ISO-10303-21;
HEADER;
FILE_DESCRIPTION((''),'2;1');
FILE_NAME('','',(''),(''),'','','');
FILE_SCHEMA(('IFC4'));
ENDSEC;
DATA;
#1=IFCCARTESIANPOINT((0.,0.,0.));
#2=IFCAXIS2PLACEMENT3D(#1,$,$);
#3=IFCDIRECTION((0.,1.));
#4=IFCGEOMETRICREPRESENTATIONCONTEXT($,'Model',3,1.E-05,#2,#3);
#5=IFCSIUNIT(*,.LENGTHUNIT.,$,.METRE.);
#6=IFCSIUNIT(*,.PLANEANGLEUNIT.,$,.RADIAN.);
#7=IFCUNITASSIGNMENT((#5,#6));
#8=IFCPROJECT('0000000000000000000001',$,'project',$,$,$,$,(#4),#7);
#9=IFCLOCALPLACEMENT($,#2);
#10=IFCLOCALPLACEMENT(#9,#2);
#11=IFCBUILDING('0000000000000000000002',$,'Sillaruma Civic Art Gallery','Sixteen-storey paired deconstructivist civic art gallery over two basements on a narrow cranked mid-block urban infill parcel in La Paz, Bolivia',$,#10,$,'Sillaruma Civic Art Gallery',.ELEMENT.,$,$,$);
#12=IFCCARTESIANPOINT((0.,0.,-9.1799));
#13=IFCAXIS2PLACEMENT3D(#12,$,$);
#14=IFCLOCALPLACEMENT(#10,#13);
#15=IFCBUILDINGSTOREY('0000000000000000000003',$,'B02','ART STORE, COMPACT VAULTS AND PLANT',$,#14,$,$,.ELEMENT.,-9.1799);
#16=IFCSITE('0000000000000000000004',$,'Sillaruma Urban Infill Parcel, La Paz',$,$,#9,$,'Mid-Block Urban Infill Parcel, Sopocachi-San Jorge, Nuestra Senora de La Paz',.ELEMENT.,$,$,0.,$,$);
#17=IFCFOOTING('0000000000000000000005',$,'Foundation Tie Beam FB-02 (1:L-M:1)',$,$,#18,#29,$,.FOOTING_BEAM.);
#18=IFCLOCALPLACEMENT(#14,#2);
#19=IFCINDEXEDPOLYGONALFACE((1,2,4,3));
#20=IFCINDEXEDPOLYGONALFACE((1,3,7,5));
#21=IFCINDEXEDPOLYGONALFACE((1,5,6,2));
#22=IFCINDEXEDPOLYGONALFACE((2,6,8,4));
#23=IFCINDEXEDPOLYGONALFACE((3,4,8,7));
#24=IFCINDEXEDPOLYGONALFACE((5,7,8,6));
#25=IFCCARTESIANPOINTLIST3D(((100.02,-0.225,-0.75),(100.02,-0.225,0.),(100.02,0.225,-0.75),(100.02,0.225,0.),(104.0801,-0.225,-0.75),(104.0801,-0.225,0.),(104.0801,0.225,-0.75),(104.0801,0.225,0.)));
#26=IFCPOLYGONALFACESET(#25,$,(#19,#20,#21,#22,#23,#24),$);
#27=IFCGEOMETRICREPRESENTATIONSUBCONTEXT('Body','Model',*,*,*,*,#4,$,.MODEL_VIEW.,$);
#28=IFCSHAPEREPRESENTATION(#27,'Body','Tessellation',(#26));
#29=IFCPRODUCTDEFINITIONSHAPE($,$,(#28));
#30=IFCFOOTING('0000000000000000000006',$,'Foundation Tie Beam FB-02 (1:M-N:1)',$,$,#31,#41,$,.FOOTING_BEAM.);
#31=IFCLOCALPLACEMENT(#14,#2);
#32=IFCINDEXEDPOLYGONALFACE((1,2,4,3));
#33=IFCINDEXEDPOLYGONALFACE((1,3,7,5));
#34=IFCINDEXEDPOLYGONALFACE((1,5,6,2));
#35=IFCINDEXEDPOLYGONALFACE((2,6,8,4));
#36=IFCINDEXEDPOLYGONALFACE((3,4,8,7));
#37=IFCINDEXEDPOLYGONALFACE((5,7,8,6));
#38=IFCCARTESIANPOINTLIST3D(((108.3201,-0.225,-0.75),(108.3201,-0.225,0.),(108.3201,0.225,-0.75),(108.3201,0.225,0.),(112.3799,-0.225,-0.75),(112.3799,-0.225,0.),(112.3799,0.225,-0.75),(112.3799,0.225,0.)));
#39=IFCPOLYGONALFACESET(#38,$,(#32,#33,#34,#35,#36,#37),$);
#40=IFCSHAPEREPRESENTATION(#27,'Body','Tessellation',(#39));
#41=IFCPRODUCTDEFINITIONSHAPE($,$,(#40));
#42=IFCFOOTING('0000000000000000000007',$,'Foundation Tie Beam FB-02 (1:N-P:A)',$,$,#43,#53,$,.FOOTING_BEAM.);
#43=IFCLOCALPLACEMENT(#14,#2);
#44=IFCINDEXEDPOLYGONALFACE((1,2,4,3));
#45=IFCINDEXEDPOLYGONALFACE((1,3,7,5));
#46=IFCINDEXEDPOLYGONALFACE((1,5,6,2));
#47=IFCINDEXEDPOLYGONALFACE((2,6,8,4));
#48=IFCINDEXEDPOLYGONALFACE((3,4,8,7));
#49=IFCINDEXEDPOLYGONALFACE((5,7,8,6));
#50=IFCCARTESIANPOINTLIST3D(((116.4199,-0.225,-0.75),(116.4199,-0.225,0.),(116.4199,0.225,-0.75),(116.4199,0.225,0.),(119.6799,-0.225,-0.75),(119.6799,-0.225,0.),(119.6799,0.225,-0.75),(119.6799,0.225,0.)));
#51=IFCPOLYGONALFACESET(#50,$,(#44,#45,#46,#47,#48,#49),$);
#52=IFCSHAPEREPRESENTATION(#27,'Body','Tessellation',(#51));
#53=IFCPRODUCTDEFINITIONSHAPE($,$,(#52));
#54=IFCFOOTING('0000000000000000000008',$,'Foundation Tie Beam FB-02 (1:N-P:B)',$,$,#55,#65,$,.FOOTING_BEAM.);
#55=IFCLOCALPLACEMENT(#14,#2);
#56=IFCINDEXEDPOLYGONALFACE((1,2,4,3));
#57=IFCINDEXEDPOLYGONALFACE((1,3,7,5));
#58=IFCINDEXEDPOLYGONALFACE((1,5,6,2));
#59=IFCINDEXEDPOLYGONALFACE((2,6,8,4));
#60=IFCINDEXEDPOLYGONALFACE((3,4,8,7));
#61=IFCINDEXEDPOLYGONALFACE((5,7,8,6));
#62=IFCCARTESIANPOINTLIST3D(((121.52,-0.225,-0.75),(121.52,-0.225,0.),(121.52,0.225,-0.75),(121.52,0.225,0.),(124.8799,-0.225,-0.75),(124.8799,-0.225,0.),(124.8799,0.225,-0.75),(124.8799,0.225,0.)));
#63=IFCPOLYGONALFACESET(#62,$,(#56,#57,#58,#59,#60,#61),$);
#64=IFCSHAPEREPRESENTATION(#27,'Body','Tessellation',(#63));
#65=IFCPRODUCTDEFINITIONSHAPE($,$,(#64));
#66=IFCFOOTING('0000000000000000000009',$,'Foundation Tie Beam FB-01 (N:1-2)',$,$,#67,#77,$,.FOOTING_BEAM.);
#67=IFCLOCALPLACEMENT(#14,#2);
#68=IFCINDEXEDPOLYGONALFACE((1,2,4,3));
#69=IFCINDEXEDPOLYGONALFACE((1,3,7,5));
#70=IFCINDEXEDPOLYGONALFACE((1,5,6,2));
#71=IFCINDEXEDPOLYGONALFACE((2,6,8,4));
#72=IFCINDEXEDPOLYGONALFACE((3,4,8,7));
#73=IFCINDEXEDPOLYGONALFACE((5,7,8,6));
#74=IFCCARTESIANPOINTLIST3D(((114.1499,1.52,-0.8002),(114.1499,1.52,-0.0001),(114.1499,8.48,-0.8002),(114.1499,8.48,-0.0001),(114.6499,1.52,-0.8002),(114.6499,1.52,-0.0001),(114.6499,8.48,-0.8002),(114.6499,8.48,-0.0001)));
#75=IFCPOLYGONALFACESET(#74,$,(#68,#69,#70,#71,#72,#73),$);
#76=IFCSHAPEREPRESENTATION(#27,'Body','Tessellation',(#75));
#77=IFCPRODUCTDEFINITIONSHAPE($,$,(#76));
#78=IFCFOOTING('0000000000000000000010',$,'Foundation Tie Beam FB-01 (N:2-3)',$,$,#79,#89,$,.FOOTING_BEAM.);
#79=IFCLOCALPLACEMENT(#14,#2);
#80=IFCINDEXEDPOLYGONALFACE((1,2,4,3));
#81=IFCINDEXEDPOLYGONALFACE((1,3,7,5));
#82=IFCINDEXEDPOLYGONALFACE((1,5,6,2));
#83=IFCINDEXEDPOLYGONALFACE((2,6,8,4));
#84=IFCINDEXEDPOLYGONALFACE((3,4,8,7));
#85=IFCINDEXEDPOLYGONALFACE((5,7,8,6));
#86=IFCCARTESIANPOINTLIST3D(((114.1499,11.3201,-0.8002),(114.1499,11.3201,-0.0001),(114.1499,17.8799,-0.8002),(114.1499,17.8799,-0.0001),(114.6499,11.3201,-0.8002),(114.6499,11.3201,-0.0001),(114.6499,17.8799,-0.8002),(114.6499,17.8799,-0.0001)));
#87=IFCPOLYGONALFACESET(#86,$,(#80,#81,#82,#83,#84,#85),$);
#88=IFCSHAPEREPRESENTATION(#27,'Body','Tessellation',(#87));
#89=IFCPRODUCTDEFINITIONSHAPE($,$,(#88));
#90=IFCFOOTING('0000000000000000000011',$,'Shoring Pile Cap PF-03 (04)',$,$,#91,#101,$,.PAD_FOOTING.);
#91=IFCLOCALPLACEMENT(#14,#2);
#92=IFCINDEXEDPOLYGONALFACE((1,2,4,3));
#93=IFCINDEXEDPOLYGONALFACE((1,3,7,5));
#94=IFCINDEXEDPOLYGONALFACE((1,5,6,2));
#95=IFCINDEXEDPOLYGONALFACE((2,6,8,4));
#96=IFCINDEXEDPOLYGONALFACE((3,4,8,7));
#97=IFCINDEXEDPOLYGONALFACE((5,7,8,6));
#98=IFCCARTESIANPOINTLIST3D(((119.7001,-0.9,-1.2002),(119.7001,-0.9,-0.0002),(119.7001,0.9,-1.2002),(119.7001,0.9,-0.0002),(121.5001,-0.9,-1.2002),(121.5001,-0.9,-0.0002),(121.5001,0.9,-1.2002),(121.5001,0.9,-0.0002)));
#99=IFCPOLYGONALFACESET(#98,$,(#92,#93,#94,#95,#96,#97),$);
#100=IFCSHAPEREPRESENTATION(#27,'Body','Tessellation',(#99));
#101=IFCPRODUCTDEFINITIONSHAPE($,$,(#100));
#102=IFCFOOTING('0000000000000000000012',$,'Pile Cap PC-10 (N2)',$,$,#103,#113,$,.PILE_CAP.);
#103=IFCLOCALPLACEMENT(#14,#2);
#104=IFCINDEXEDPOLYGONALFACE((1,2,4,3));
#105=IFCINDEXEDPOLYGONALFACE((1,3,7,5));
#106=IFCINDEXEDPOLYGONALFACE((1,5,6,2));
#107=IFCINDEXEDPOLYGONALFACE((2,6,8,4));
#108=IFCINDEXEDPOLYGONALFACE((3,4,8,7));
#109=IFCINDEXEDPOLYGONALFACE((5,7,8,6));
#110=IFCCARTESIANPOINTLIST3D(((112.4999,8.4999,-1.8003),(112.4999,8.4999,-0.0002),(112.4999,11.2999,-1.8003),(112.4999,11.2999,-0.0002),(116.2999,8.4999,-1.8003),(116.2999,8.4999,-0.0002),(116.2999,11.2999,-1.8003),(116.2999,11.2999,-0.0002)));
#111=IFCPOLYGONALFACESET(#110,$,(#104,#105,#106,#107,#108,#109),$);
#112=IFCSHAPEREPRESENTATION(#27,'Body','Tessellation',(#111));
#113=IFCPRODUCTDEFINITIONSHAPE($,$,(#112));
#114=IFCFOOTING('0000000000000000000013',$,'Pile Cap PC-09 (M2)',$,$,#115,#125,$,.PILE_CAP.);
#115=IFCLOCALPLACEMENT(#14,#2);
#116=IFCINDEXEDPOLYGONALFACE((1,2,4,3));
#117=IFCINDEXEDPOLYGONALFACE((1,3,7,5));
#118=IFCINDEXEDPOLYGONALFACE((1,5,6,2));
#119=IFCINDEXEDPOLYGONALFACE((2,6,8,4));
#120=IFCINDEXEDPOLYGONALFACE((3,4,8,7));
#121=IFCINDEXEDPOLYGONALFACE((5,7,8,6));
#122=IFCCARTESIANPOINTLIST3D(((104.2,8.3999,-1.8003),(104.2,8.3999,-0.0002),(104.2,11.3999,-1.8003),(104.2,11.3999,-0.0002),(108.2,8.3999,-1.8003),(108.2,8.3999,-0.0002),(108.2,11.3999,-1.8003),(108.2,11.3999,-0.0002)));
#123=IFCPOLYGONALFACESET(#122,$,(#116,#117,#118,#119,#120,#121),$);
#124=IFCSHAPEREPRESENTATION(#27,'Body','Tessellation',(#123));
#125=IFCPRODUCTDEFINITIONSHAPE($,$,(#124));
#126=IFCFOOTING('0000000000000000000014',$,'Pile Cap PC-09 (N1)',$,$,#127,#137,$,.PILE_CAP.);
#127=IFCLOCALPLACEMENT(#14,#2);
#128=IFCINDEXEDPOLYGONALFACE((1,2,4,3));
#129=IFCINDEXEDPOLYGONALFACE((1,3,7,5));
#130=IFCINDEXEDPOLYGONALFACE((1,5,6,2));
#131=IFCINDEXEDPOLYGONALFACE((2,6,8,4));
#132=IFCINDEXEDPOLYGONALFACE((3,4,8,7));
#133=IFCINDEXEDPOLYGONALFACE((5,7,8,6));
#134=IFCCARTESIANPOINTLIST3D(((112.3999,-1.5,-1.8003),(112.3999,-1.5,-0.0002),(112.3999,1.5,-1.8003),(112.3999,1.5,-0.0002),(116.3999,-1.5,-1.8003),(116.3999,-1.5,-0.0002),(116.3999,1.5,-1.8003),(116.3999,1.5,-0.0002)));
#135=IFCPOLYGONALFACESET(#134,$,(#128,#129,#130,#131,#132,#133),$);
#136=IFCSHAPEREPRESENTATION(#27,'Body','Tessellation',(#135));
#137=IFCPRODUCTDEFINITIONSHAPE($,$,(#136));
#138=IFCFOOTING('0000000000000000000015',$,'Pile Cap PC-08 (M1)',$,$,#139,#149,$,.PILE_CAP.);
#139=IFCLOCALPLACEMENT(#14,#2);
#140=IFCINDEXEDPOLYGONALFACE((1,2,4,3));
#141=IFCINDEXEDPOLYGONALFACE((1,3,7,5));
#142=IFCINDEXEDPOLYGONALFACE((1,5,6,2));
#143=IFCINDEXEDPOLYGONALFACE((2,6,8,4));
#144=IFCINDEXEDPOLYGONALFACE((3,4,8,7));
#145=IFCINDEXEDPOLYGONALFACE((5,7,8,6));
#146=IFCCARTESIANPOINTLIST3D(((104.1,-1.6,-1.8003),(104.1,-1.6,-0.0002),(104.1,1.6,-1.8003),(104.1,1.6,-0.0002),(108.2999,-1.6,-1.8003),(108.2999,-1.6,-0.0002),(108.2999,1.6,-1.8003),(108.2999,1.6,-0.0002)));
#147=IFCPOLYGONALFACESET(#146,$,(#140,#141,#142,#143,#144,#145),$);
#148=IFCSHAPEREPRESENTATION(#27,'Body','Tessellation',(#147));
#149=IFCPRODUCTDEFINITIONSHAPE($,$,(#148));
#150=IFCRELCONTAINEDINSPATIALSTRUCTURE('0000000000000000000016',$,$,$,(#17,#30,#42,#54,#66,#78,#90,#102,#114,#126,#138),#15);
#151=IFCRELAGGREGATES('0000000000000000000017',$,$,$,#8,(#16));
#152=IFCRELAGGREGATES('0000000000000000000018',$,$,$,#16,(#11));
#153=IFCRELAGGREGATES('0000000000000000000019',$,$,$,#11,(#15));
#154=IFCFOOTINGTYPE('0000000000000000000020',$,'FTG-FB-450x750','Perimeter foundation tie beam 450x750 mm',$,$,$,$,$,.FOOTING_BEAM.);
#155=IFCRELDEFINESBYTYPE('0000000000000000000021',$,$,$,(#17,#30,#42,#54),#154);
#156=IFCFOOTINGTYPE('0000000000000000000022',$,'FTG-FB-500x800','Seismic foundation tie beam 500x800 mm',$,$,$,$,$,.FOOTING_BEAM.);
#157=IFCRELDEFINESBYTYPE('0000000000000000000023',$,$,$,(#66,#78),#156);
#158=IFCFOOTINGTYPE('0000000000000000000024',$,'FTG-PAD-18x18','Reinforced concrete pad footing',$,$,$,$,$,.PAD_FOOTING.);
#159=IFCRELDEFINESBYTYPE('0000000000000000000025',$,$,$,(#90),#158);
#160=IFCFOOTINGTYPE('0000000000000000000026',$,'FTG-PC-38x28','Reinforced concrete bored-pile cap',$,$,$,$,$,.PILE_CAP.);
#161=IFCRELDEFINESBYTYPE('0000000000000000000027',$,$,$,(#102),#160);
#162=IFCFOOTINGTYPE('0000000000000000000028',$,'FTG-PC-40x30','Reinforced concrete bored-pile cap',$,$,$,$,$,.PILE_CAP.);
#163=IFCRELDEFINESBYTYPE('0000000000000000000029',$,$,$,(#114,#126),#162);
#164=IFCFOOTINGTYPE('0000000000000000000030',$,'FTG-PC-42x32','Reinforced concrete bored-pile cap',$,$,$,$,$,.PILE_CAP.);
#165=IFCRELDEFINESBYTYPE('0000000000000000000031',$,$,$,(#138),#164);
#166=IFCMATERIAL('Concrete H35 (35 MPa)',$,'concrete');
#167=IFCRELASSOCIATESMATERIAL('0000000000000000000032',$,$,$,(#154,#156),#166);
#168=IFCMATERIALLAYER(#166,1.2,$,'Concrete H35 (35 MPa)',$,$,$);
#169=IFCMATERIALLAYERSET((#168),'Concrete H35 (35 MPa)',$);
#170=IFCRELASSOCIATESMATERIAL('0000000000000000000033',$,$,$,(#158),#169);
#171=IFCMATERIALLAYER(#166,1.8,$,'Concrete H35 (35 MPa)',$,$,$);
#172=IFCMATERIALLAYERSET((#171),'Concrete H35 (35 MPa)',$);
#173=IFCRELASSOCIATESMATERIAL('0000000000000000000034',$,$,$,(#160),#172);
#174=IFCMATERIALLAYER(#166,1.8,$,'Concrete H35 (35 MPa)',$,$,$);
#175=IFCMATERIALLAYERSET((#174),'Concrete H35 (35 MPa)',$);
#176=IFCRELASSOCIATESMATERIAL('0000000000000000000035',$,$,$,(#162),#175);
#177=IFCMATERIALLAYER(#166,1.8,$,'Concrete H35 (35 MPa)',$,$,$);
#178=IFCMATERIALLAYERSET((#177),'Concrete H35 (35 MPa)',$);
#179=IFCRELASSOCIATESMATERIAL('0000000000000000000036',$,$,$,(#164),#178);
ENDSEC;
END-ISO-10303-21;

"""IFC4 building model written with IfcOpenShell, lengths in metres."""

from ifc_helpers import new_model, si_unit, direction, frame, origin, origin_2d, place, context, subcontext, project, spatial, rectangle, extrude, material, layer, layer_set, material_profile, profile_set, type_object, element, save


model = new_model("IFC4")

# Units and contexts
model_context = context("Model", 3, precision=1e-05, world=origin(), true_north=direction((0.0, 1.0)))
body_context = subcontext(model_context, "Body", "Model", "MODEL_VIEW")
ifc_project = project(units=[si_unit("LENGTHUNIT", "METRE"), si_unit("PLANEANGLEUNIT", "RADIAN")], contexts=[model_context])

# Site, building, storey
site_placement = place(None, origin())
site = spatial("IfcSite", under=ifc_project, at=site_placement, Name="Sillaruma Urban Infill Parcel, La Paz", LongName="Mid-Block Urban Infill Parcel, Sopocachi-San Jorge, Nuestra Senora de La Paz", CompositionType="ELEMENT", RefElevation=0.0)
building_placement = place(site_placement, origin())
building = spatial("IfcBuilding", under=site, at=building_placement, Name="Sillaruma Civic Art Gallery", Description="Sixteen-storey paired deconstructivist civic art gallery over two basements on a narrow cranked mid-block urban infill parcel in La Paz, Bolivia", LongName="Sillaruma Civic Art Gallery", CompositionType="ELEMENT")
storey_placement = place(building_placement, frame((0.0, 0.0, -9.1799)))
storey = spatial("IfcBuildingStorey", under=building, at=storey_placement, Name="B02", Description="ART STORE, COMPACT VAULTS AND PLANT", CompositionType="ELEMENT", Elevation=-9.1799)

# Footings
ifc_material_1 = material(Name="Concrete H35 (35 MPa)", Category="concrete")
ifc_material_profile_1 = material_profile(ifc_material_1, rectangle(XDim=0.45, YDim=0.75, at=origin_2d()), Name="RCB450x750")
ifc_profile_set_1 = profile_set([ifc_material_profile_1], Name="Concrete H35 (35 MPa)")
footing_type_1 = type_object("IfcFootingType", Name="FTG-FB-450x750", Description="Perimeter foundation tie beam 450x750 mm", PredefinedType="FOOTING_BEAM", material=ifc_profile_set_1)
footing_1_placement = place(storey_placement, frame((100.02, 0.0, -0.375), z_axis=(1.0, 0.0, 0.0), x_axis=(0.0, 1.0, 0.0)))
element("IfcFooting", 1, at=footing_1_placement, inside=storey, type_object=footing_type_1, Name="Foundation Tie Beam FB-02 (1:L-M:1)", PredefinedType="FOOTING_BEAM", context=body_context, shape_type="SweptSolid", body=[
    extrude(rectangle(XDim=0.45, YDim=0.75, at=origin_2d()), origin(), (0.0, 0.0, 1.0), 4.0601),
])
footing_2_placement = place(storey_placement, frame((108.3201, 0.0, -0.375), z_axis=(1.0, 0.0, 0.0), x_axis=(0.0, 1.0, 0.0)))
element("IfcFooting", 2, at=footing_2_placement, inside=storey, type_object=footing_type_1, Name="Foundation Tie Beam FB-02 (1:M-N:1)", PredefinedType="FOOTING_BEAM", context=body_context, shape_type="SweptSolid", body=[
    extrude(rectangle(XDim=0.45, YDim=0.75, at=origin_2d()), origin(), (0.0, 0.0, 1.0), 4.0598),
])
footing_3_placement = place(storey_placement, frame((116.4199, 0.0, -0.375), z_axis=(1.0, 0.0, 0.0), x_axis=(0.0, 1.0, 0.0)))
element("IfcFooting", 3, at=footing_3_placement, inside=storey, type_object=footing_type_1, Name="Foundation Tie Beam FB-02 (1:N-P:A)", PredefinedType="FOOTING_BEAM", context=body_context, shape_type="SweptSolid", body=[
    extrude(rectangle(XDim=0.45, YDim=0.75, at=origin_2d()), origin(), (0.0, 0.0, 1.0), 3.26),
])
footing_4_placement = place(storey_placement, frame((121.52, 0.0, -0.375), z_axis=(1.0, 0.0, 0.0), x_axis=(0.0, 1.0, 0.0)))
element("IfcFooting", 4, at=footing_4_placement, inside=storey, type_object=footing_type_1, Name="Foundation Tie Beam FB-02 (1:N-P:B)", PredefinedType="FOOTING_BEAM", context=body_context, shape_type="SweptSolid", body=[
    extrude(rectangle(XDim=0.45, YDim=0.75, at=origin_2d()), origin(), (0.0, 0.0, 1.0), 3.3599),
])
ifc_material_profile_2 = material_profile(ifc_material_1, rectangle(XDim=0.5, YDim=0.8, at=origin_2d()), Name="RCB500x800")
ifc_profile_set_2 = profile_set([ifc_material_profile_2], Name="Concrete H35 (35 MPa)")
footing_type_2 = type_object("IfcFootingType", Name="FTG-FB-500x800", Description="Seismic foundation tie beam 500x800 mm", PredefinedType="FOOTING_BEAM", material=ifc_profile_set_2)
footing_5_placement = place(storey_placement, frame((114.3999, 1.52, -0.4001), z_axis=(0.0, 1.0, 0.0), x_axis=(-1.0, 0.0, 0.0)))
element("IfcFooting", 5, at=footing_5_placement, inside=storey, type_object=footing_type_2, Name="Foundation Tie Beam FB-01 (N:1-2)", PredefinedType="FOOTING_BEAM", context=body_context, shape_type="SweptSolid", body=[
    extrude(rectangle(XDim=0.5, YDim=0.8, at=origin_2d()), origin(), (0.0, 0.0, 1.0), 6.96),
])
footing_6_placement = place(storey_placement, frame((114.3999, 11.3201, -0.4001), z_axis=(0.0, 1.0, 0.0), x_axis=(-1.0, 0.0, 0.0)))
element("IfcFooting", 6, at=footing_6_placement, inside=storey, type_object=footing_type_2, Name="Foundation Tie Beam FB-01 (N:2-3)", PredefinedType="FOOTING_BEAM", context=body_context, shape_type="SweptSolid", body=[
    extrude(rectangle(XDim=0.5, YDim=0.8, at=origin_2d()), origin(), (0.0, 0.0, 1.0), 6.5598),
])
ifc_layer_1 = layer(ifc_material_1, 1.2, Name="Concrete H35 (35 MPa)")
ifc_layer_set_1 = layer_set([ifc_layer_1], Name="Concrete H35 (35 MPa)")
footing_type_3 = type_object("IfcFootingType", Name="FTG-PAD-18x18", Description="Reinforced concrete pad footing", PredefinedType="PAD_FOOTING", material=ifc_layer_set_1)
footing_7_placement = place(storey_placement, frame((120.6001, 0.0, -1.2002), z_axis=(0.0, 0.0, 1.0), x_axis=(1.0, 0.0, 0.0)))
element("IfcFooting", 7, at=footing_7_placement, inside=storey, type_object=footing_type_3, Name="Shoring Pile Cap PF-03 (04)", PredefinedType="PAD_FOOTING", context=body_context, shape_type="SweptSolid", body=[
    extrude(rectangle(XDim=1.8, YDim=1.8, at=origin_2d()), origin(), (0.0, 0.0, 1.0), 1.2),
])
ifc_layer_2 = layer(ifc_material_1, 1.8, Name="Concrete H35 (35 MPa)")
ifc_layer_set_2 = layer_set([ifc_layer_2], Name="Concrete H35 (35 MPa)")
footing_type_4 = type_object("IfcFootingType", Name="FTG-PC-38x28", Description="Reinforced concrete bored-pile cap", PredefinedType="PILE_CAP", material=ifc_layer_set_2)
footing_8_placement = place(storey_placement, frame((114.3999, 9.8999, -1.8003), z_axis=(0.0, 0.0, 1.0), x_axis=(1.0, 0.0, 0.0)))
element("IfcFooting", 8, at=footing_8_placement, inside=storey, type_object=footing_type_4, Name="Pile Cap PC-10 (N2)", PredefinedType="PILE_CAP", context=body_context, shape_type="SweptSolid", body=[
    extrude(rectangle(XDim=3.8, YDim=2.8, at=origin_2d()), origin(), (0.0, 0.0, 1.0), 1.8),
])
ifc_layer_3 = layer(ifc_material_1, 1.8, Name="Concrete H35 (35 MPa)")
ifc_layer_set_3 = layer_set([ifc_layer_3], Name="Concrete H35 (35 MPa)")
footing_type_5 = type_object("IfcFootingType", Name="FTG-PC-40x30", Description="Reinforced concrete bored-pile cap", PredefinedType="PILE_CAP", material=ifc_layer_set_3)
for number, where, z_axis, x_axis, name in (
    (9, (106.2, 9.8999, -1.8003), (0.0, 0.0, 1.0), (1.0, 0.0, 0.0), "Pile Cap PC-09 (M2)"),
    (10, (114.3999, 0.0, -1.8003), (0.0, 0.0, 1.0), (1.0, 0.0, 0.0), "Pile Cap PC-09 (N1)"),
):
    element("IfcFooting", number, at=place(storey_placement, frame(where, z_axis=z_axis, x_axis=x_axis)), inside=storey, type_object=footing_type_5, Name=name, PredefinedType="PILE_CAP", context=body_context, shape_type="SweptSolid", body=[
        extrude(rectangle(XDim=4.0, YDim=3.0, at=origin_2d()), origin(), (0.0, 0.0, 1.0), 1.8),
    ])
ifc_layer_4 = layer(ifc_material_1, 1.8, Name="Concrete H35 (35 MPa)")
ifc_layer_set_4 = layer_set([ifc_layer_4], Name="Concrete H35 (35 MPa)")
footing_type_6 = type_object("IfcFootingType", Name="FTG-PC-42x32", Description="Reinforced concrete bored-pile cap", PredefinedType="PILE_CAP", material=ifc_layer_set_4)
footing_9_placement = place(storey_placement, frame((106.2, 0.0, -1.8003), z_axis=(0.0, 0.0, 1.0), x_axis=(1.0, 0.0, 0.0)))
element("IfcFooting", 11, at=footing_9_placement, inside=storey, type_object=footing_type_6, Name="Pile Cap PC-08 (M1)", PredefinedType="PILE_CAP", context=body_context, shape_type="SweptSolid", body=[
    extrude(rectangle(XDim=4.2, YDim=3.2, at=origin_2d()), origin(), (0.0, 0.0, 1.0), 1.8),
])

save(model, "model.ifc")
